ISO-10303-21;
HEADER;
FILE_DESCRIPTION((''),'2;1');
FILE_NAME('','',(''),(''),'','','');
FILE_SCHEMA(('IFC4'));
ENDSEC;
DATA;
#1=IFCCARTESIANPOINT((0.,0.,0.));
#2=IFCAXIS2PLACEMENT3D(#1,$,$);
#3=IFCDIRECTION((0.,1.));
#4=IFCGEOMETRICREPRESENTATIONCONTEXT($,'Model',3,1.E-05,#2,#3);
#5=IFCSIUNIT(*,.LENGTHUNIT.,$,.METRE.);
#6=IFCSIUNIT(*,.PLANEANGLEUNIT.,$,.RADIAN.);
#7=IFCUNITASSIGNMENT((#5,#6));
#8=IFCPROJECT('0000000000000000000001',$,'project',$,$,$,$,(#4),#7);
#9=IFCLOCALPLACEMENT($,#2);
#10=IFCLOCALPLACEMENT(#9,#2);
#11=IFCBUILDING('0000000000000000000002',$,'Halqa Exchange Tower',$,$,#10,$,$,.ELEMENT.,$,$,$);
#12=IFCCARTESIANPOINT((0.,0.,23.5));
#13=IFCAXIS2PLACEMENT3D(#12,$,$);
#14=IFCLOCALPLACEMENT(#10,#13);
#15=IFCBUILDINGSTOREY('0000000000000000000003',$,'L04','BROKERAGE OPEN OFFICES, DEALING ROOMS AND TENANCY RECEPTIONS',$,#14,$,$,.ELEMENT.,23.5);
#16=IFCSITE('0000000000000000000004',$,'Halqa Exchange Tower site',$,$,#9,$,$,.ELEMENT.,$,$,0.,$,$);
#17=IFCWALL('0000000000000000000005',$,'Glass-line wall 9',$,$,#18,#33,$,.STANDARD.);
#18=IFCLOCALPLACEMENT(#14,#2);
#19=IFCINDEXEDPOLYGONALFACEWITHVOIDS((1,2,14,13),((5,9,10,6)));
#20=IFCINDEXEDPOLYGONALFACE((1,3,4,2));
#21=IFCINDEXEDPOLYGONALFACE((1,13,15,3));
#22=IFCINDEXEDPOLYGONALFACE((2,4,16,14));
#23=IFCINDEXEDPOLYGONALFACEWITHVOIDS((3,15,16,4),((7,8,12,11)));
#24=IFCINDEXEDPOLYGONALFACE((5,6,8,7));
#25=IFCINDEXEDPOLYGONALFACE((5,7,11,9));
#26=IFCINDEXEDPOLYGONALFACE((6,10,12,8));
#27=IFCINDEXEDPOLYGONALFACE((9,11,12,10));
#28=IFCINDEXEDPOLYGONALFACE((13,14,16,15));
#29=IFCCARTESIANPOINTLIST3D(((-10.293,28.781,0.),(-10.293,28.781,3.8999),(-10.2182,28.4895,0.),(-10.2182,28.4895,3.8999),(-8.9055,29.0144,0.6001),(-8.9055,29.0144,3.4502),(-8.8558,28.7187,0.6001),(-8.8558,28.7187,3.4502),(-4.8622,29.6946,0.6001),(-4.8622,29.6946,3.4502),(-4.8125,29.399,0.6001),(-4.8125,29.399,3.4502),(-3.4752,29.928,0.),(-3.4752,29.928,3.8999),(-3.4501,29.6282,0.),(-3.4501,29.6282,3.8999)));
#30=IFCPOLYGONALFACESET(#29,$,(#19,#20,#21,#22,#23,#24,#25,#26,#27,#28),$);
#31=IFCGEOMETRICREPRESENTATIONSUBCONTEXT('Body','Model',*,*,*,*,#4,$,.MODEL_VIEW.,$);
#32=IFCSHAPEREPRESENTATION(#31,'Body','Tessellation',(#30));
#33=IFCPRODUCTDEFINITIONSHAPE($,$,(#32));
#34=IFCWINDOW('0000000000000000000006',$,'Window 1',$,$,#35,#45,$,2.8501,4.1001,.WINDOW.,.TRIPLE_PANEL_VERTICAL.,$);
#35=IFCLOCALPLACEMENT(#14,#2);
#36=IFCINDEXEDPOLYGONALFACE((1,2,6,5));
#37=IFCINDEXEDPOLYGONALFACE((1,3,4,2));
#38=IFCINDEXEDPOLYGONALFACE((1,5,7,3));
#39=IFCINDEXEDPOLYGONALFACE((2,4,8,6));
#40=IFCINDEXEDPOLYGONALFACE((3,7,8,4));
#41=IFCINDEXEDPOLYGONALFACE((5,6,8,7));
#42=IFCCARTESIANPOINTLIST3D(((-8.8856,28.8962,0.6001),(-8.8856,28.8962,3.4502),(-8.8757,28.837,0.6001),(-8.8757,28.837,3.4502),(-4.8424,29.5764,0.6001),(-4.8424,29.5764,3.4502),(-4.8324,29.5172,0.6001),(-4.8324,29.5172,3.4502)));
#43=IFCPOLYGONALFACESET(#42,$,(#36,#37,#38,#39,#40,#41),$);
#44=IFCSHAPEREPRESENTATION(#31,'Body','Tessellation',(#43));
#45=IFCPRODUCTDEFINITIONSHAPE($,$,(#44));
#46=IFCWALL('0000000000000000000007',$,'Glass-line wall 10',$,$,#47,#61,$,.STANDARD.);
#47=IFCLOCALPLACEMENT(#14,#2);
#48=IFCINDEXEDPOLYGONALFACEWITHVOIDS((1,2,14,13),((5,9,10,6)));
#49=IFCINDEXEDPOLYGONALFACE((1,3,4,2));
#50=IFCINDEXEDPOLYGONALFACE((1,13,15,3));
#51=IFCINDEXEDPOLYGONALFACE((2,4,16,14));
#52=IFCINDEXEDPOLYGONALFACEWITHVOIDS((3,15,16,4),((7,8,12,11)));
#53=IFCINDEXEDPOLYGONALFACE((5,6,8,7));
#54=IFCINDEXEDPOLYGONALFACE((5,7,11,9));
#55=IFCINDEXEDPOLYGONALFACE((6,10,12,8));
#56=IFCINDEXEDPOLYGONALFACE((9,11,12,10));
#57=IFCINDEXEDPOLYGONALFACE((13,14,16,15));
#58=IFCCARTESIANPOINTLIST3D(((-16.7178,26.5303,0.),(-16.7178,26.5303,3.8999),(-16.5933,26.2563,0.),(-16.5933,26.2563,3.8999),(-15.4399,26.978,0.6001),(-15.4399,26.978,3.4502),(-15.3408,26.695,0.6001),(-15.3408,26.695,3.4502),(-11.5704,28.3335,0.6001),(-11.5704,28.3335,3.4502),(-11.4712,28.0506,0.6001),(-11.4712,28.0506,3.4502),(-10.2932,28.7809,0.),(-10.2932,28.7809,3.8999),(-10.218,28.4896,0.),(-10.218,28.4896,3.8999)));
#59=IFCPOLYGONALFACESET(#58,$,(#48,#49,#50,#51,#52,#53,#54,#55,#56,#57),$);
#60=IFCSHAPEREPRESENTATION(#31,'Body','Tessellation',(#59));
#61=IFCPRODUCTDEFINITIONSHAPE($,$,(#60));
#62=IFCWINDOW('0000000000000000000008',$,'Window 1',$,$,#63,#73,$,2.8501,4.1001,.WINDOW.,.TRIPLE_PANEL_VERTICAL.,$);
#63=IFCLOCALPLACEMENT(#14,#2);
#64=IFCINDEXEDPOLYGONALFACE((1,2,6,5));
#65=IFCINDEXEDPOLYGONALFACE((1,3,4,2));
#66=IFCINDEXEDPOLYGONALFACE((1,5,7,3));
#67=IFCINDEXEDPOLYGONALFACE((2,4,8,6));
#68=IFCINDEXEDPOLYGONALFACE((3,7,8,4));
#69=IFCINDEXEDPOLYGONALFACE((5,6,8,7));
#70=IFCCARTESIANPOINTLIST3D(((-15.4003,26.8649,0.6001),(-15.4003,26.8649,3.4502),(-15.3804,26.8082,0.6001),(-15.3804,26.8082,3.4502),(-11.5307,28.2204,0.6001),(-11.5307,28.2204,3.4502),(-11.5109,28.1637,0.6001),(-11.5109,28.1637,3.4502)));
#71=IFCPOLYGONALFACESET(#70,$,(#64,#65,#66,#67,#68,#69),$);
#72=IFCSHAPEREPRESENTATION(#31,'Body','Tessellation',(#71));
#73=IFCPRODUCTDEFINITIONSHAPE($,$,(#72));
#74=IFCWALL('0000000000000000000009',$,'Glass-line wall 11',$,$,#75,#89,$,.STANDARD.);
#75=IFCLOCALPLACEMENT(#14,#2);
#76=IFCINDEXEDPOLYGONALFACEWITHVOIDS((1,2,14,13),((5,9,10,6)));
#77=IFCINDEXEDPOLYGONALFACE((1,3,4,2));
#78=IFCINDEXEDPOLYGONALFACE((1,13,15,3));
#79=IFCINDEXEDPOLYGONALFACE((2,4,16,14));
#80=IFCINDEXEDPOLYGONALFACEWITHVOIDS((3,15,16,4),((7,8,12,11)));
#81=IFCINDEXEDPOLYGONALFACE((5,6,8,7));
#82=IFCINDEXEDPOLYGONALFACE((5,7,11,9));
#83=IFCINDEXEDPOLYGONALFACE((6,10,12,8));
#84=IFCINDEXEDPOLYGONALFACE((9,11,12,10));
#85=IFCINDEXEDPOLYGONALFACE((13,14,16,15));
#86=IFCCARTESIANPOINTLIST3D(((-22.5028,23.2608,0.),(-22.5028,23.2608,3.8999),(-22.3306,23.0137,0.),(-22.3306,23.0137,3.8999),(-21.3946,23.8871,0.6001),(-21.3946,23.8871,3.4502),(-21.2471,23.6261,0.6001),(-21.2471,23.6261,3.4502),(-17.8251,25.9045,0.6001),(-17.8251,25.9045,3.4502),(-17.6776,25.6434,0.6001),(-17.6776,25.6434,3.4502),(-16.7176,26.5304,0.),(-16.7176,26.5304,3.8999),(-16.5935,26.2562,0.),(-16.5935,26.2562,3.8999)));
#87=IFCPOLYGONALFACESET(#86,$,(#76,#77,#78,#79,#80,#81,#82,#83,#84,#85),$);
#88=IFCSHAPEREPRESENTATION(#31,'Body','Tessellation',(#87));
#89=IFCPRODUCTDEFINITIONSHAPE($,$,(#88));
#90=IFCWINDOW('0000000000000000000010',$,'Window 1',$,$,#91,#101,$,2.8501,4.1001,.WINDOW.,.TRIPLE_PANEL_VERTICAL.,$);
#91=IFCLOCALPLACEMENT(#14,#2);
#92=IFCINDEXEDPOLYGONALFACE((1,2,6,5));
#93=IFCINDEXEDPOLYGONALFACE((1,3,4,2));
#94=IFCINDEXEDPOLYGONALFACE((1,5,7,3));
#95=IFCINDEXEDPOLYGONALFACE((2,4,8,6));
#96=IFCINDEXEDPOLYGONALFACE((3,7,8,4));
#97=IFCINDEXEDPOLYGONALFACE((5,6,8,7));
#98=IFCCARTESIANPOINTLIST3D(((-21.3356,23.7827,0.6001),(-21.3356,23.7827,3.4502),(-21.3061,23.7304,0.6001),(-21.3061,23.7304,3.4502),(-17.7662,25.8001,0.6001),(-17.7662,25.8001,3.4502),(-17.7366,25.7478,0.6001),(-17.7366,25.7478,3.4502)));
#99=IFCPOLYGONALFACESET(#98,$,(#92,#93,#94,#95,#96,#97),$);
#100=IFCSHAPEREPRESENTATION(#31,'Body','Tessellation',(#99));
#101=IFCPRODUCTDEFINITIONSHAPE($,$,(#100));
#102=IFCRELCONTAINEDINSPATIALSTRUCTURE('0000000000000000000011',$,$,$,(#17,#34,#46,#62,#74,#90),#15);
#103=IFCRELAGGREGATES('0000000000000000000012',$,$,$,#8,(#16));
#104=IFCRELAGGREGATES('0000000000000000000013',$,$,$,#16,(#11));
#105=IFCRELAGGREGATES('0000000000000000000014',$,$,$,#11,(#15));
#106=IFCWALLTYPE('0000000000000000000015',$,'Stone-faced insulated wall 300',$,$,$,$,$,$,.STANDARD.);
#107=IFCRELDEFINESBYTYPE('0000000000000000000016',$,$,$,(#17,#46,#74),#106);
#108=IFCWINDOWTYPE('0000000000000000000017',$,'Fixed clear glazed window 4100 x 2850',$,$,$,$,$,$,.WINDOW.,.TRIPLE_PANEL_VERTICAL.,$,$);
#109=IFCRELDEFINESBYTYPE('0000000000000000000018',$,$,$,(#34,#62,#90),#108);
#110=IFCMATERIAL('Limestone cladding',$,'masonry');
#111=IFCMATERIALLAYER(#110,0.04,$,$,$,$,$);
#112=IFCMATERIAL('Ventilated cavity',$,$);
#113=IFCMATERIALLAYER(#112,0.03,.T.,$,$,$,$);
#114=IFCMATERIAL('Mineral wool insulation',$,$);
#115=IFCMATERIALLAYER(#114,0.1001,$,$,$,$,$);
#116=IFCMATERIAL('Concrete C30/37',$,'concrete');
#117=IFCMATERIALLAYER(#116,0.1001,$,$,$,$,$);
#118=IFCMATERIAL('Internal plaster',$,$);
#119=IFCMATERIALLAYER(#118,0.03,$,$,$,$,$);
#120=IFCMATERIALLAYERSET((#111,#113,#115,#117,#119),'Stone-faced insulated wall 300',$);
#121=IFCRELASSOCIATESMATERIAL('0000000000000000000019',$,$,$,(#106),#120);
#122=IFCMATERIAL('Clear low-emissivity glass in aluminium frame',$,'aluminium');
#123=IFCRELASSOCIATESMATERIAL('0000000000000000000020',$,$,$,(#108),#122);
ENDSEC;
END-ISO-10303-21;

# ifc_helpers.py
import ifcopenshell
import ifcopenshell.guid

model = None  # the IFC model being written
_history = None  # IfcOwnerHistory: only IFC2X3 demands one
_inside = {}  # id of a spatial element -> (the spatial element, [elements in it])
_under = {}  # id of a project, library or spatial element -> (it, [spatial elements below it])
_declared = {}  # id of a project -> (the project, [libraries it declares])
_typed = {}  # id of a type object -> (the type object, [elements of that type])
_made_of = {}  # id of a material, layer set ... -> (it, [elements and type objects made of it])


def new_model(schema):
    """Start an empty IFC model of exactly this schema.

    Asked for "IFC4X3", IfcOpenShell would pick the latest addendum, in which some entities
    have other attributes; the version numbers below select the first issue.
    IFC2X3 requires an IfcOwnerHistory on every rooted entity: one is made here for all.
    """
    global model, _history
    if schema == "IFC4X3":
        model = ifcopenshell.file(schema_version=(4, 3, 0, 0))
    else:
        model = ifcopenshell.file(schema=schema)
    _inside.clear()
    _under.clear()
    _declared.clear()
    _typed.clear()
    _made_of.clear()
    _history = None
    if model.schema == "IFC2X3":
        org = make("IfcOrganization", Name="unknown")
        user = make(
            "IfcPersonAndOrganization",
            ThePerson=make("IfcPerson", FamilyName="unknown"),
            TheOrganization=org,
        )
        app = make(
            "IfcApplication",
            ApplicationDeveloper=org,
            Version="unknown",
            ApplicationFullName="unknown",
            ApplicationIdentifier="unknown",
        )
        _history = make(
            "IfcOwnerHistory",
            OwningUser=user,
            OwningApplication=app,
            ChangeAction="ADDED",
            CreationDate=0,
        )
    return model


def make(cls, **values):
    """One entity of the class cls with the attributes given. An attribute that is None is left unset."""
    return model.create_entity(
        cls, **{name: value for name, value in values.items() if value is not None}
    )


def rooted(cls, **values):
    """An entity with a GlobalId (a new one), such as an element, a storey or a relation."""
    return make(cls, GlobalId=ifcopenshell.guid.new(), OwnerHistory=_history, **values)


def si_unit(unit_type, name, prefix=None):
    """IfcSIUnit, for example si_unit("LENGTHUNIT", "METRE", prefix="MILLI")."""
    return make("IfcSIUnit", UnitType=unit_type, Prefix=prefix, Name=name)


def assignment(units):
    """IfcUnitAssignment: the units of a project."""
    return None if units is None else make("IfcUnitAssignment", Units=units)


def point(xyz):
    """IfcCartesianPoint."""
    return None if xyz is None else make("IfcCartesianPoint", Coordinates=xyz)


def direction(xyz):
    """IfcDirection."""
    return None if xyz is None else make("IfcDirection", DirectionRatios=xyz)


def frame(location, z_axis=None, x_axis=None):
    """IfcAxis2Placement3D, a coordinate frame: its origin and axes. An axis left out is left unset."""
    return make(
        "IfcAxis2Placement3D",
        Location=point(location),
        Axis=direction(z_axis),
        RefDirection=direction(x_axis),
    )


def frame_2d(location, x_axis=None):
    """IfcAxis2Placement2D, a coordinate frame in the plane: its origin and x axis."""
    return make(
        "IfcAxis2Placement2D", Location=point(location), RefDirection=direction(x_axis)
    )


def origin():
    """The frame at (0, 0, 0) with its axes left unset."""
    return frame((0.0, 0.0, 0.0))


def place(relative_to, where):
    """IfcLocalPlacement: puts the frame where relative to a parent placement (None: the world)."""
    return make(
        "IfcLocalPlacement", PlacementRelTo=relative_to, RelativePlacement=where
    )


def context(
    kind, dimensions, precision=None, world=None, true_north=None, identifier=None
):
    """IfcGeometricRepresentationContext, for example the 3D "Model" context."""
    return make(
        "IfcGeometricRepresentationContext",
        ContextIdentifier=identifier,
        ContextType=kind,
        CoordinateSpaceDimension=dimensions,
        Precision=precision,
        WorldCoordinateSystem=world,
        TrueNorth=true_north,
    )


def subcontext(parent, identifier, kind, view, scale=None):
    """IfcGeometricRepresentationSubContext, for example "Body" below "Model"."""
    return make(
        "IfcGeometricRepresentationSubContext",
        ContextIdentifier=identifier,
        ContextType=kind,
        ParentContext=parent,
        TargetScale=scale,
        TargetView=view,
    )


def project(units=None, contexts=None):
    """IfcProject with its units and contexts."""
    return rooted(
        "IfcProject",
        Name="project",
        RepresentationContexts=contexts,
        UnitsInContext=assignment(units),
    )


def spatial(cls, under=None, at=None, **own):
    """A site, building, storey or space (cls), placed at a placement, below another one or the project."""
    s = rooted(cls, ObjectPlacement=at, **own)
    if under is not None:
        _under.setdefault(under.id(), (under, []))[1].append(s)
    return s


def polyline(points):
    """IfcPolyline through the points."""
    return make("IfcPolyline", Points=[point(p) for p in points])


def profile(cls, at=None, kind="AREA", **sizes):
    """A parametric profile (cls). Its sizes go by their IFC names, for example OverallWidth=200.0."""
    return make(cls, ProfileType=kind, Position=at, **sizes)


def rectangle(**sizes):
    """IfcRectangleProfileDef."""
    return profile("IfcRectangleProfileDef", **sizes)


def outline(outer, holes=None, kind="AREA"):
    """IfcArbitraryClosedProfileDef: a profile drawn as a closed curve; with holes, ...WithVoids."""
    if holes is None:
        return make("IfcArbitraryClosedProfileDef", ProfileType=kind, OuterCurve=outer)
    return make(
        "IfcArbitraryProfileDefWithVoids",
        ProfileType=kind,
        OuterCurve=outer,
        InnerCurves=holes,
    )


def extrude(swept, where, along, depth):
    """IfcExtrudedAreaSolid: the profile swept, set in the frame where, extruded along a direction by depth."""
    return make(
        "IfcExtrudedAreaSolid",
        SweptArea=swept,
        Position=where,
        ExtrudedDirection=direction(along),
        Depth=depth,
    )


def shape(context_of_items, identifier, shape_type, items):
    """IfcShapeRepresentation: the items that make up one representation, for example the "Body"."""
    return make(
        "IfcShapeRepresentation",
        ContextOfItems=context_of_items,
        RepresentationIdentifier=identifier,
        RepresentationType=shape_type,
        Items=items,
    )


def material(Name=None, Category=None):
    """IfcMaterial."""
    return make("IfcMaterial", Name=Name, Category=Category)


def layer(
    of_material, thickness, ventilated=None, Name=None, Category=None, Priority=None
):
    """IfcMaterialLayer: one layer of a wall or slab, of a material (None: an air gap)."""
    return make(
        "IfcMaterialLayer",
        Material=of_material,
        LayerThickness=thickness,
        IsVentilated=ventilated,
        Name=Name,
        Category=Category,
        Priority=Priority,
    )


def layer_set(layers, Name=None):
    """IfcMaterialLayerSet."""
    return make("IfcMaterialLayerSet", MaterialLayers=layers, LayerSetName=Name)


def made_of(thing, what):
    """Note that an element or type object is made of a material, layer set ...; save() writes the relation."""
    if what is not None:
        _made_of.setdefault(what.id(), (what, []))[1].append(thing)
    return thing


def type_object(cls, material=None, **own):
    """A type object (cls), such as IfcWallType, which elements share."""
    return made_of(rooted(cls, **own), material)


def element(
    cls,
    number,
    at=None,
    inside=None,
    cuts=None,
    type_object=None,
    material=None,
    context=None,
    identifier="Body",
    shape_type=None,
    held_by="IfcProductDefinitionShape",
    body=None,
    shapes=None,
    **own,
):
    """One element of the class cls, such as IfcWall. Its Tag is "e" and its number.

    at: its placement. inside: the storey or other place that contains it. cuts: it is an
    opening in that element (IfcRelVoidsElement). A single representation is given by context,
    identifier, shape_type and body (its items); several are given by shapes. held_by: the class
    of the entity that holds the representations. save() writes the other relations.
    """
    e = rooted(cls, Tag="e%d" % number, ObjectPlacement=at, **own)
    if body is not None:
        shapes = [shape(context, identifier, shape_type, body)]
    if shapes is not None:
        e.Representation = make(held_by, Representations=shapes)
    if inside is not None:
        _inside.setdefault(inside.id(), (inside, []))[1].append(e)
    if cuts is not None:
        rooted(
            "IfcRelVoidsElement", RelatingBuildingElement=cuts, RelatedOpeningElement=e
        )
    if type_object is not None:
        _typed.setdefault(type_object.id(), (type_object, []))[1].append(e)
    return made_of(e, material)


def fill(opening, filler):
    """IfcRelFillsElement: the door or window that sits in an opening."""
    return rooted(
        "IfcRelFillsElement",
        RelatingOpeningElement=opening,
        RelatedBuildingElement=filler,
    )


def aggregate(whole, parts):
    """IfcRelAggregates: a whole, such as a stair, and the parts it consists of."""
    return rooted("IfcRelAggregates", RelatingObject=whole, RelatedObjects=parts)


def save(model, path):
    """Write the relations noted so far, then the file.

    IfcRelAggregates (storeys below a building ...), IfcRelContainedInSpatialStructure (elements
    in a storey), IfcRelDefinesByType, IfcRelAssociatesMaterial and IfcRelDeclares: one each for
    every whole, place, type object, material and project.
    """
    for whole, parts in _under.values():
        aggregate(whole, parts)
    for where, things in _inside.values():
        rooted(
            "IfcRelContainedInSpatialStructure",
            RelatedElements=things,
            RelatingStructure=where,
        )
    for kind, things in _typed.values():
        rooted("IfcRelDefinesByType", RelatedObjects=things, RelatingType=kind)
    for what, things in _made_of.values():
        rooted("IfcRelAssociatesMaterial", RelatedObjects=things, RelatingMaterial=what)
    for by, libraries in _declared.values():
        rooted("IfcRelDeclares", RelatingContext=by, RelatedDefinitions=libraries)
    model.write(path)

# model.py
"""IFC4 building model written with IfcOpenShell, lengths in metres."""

from ifc_helpers import new_model, si_unit, direction, frame, frame_2d, origin, place, context, subcontext, project, spatial, polyline, rectangle, outline, extrude, material, layer, layer_set, type_object, element, fill, save


model = new_model("IFC4")

# Units and contexts
model_context = context("Model", 3, precision=1e-05, world=origin(), true_north=direction((0.0, 1.0)))
body_context = subcontext(model_context, "Body", "Model", "MODEL_VIEW")
ifc_project = project(units=[si_unit("LENGTHUNIT", "METRE"), si_unit("PLANEANGLEUNIT", "RADIAN")], contexts=[model_context])

# Site, building, storey
site_placement = place(None, origin())
site = spatial("IfcSite", under=ifc_project, at=site_placement, Name="Halqa Exchange Tower site", CompositionType="ELEMENT", RefElevation=0.0)
building_placement = place(site_placement, origin())
building = spatial("IfcBuilding", under=site, at=building_placement, Name="Halqa Exchange Tower", CompositionType="ELEMENT")
storey_placement = place(building_placement, frame((0.0, 0.0, 23.5)))
storey = spatial("IfcBuildingStorey", under=building, at=storey_placement, Name="L04", Description="BROKERAGE OPEN OFFICES, DEALING ROOMS AND TENANCY RECEPTIONS", CompositionType="ELEMENT", Elevation=23.5)

# Walls, openings, windows
ifc_material_1 = material(Name="Limestone cladding", Category="masonry")
ifc_layer_1 = layer(ifc_material_1, 0.04)
ifc_material_2 = material(Name="Ventilated cavity")
ifc_layer_2 = layer(ifc_material_2, 0.03, ventilated=True)
ifc_material_3 = material(Name="Mineral wool insulation")
ifc_layer_3 = layer(ifc_material_3, 0.1001)
ifc_material_4 = material(Name="Concrete C30/37", Category="concrete")
ifc_layer_4 = layer(ifc_material_4, 0.1001)
ifc_material_5 = material(Name="Internal plaster")
ifc_layer_5 = layer(ifc_material_5, 0.03)
ifc_layer_set_1 = layer_set([ifc_layer_1, ifc_layer_2, ifc_layer_3, ifc_layer_4, ifc_layer_5], Name="Stone-faced insulated wall 300")
wall_type_1 = type_object("IfcWallType", Name="Stone-faced insulated wall 300", PredefinedType="STANDARD", material=ifc_layer_set_1)
wall_1_placement = place(storey_placement, frame((-3.4626, 29.7781, 0.0), z_axis=(0.0, 0.0, 1.0), x_axis=(-0.986142, -0.165905, 0.0)))
wall_1 = element("IfcWall", 1, at=wall_1_placement, inside=storey, type_object=wall_type_1, Name="Glass-line wall 9", PredefinedType="STANDARD", context=body_context, shape_type="SweptSolid", body=[
    extrude(outline(polyline([(-0.0125, -0.1499), (6.9011, -0.1499), (6.8757, 0.1499), (0.0125, 0.1499), (-0.0125, -0.1499)])), origin(), (0.0, 0.0, 1.0), 3.8999),
])
opening_1_placement = place(wall_1_placement, frame((1.394, 0.0, 0.6001)))
opening_1 = element("IfcOpeningElement", 2, at=opening_1_placement, cuts=wall_1, PredefinedType="OPENING", context=body_context, shape_type="SweptSolid", body=[
    extrude(rectangle(XDim=4.1001, YDim=2.8501, at=frame_2d((2.05, 1.425))), frame((0.0, 0.1621, 0.0), z_axis=(0.0, -1.0, 0.0), x_axis=(1.0, 0.0, 0.0)), (0.0, 0.0, 1.0), 0.324),
])
ifc_material_6 = material(Name="Clear low-emissivity glass in aluminium frame", Category="aluminium")
window_type = type_object("IfcWindowType", Name="Fixed clear glazed window 4100 x 2850", PartitioningType="TRIPLE_PANEL_VERTICAL", PredefinedType="WINDOW", material=ifc_material_6)
window_1_placement = place(opening_1_placement, origin())
window_1 = element("IfcWindow", 3, at=window_1_placement, inside=storey, type_object=window_type, Name="Window 1", OverallHeight=2.8501, OverallWidth=4.1001, PartitioningType="TRIPLE_PANEL_VERTICAL", PredefinedType="WINDOW", context=body_context, shape_type="SweptSolid", body=[
    extrude(rectangle(XDim=4.1001, YDim=2.8501, at=frame_2d((2.05, 1.425))), frame((0.0, 0.03, 0.0), z_axis=(0.0, -1.0, 0.0), x_axis=(1.0, 0.0, 0.0)), (0.0, 0.0, 1.0), 0.0601),
])
fill(opening_1, window_1)
wall_2_placement = place(storey_placement, frame((-10.2556, 28.6353, 0.0), z_axis=(0.0, 0.0, 1.0), x_axis=(-0.943767, -0.33061, 0.0)))
wall_2 = element("IfcWall", 4, at=wall_2_placement, inside=storey, type_object=wall_type_1, Name="Glass-line wall 10", PredefinedType="STANDARD", context=body_context, shape_type="SweptSolid", body=[
    extrude(outline(polyline([(-0.0127, -0.1499), (6.7947, -0.1499), (6.7678, 0.1499), (0.0127, 0.1499), (-0.0127, -0.1499)])), origin(), (0.0, 0.0, 1.0), 3.8999),
])
opening_2_placement = place(wall_2_placement, frame((1.3406, 0.0, 0.6001)))
opening_2 = element("IfcOpeningElement", 5, at=opening_2_placement, cuts=wall_2, PredefinedType="OPENING", context=body_context, shape_type="SweptSolid", body=[
    extrude(rectangle(XDim=4.1001, YDim=2.8501, at=frame_2d((2.05, 1.425))), frame((0.0, 0.1621, 0.0), z_axis=(0.0, -1.0, 0.0), x_axis=(1.0, 0.0, 0.0)), (0.0, 0.0, 1.0), 0.324),
])
window_2_placement = place(opening_2_placement, origin())
window_2 = element("IfcWindow", 6, at=window_2_placement, inside=storey, type_object=window_type, Name="Window 1", OverallHeight=2.8501, OverallWidth=4.1001, PartitioningType="TRIPLE_PANEL_VERTICAL", PredefinedType="WINDOW", context=body_context, shape_type="SweptSolid", body=[
    extrude(rectangle(XDim=4.1001, YDim=2.8501, at=frame_2d((2.05, 1.425))), frame((0.0, 0.03, 0.0), z_axis=(0.0, -1.0, 0.0), x_axis=(1.0, 0.0, 0.0)), (0.0, 0.0, 1.0), 0.0601),
])
fill(opening_2, window_2)
wall_3_placement = place(storey_placement, frame((-16.6555, 26.3933, 0.0), z_axis=(0.0, 0.0, 1.0), x_axis=(-0.870579, -0.492029, 0.0)))
wall_3 = element("IfcWall", 7, at=wall_3_placement, inside=storey, type_object=wall_type_1, Name="Glass-line wall 11", PredefinedType="STANDARD", context=body_context, shape_type="SweptSolid", body=[
    extrude(outline(polyline([(-0.0134, -0.1499), (6.6318, -0.1499), (6.6035, 0.1499), (0.0134, 0.1499), (-0.0134, -0.1499)])), origin(), (0.0, 0.0, 1.0), 3.8999),
])
opening_3_placement = place(wall_3_placement, frame((1.2588, 0.0, 0.6001)))
opening_3 = element("IfcOpeningElement", 8, at=opening_3_placement, cuts=wall_3, PredefinedType="OPENING", context=body_context, shape_type="SweptSolid", body=[
    extrude(rectangle(XDim=4.1001, YDim=2.8501, at=frame_2d((2.05, 1.425))), frame((0.0, 0.1621, 0.0), z_axis=(0.0, -1.0, 0.0), x_axis=(1.0, 0.0, 0.0)), (0.0, 0.0, 1.0), 0.324),
])
window_3_placement = place(opening_3_placement, origin())
window_3 = element("IfcWindow", 9, at=window_3_placement, inside=storey, type_object=window_type, Name="Window 1", OverallHeight=2.8501, OverallWidth=4.1001, PartitioningType="TRIPLE_PANEL_VERTICAL", PredefinedType="WINDOW", context=body_context, shape_type="SweptSolid", body=[
    extrude(rectangle(XDim=4.1001, YDim=2.8501, at=frame_2d((2.05, 1.425))), frame((0.0, 0.03, 0.0), z_axis=(0.0, -1.0, 0.0), x_axis=(1.0, 0.0, 0.0)), (0.0, 0.0, 1.0), 0.0601),
])
fill(opening_3, window_3)

save(model, "model.ifc")
